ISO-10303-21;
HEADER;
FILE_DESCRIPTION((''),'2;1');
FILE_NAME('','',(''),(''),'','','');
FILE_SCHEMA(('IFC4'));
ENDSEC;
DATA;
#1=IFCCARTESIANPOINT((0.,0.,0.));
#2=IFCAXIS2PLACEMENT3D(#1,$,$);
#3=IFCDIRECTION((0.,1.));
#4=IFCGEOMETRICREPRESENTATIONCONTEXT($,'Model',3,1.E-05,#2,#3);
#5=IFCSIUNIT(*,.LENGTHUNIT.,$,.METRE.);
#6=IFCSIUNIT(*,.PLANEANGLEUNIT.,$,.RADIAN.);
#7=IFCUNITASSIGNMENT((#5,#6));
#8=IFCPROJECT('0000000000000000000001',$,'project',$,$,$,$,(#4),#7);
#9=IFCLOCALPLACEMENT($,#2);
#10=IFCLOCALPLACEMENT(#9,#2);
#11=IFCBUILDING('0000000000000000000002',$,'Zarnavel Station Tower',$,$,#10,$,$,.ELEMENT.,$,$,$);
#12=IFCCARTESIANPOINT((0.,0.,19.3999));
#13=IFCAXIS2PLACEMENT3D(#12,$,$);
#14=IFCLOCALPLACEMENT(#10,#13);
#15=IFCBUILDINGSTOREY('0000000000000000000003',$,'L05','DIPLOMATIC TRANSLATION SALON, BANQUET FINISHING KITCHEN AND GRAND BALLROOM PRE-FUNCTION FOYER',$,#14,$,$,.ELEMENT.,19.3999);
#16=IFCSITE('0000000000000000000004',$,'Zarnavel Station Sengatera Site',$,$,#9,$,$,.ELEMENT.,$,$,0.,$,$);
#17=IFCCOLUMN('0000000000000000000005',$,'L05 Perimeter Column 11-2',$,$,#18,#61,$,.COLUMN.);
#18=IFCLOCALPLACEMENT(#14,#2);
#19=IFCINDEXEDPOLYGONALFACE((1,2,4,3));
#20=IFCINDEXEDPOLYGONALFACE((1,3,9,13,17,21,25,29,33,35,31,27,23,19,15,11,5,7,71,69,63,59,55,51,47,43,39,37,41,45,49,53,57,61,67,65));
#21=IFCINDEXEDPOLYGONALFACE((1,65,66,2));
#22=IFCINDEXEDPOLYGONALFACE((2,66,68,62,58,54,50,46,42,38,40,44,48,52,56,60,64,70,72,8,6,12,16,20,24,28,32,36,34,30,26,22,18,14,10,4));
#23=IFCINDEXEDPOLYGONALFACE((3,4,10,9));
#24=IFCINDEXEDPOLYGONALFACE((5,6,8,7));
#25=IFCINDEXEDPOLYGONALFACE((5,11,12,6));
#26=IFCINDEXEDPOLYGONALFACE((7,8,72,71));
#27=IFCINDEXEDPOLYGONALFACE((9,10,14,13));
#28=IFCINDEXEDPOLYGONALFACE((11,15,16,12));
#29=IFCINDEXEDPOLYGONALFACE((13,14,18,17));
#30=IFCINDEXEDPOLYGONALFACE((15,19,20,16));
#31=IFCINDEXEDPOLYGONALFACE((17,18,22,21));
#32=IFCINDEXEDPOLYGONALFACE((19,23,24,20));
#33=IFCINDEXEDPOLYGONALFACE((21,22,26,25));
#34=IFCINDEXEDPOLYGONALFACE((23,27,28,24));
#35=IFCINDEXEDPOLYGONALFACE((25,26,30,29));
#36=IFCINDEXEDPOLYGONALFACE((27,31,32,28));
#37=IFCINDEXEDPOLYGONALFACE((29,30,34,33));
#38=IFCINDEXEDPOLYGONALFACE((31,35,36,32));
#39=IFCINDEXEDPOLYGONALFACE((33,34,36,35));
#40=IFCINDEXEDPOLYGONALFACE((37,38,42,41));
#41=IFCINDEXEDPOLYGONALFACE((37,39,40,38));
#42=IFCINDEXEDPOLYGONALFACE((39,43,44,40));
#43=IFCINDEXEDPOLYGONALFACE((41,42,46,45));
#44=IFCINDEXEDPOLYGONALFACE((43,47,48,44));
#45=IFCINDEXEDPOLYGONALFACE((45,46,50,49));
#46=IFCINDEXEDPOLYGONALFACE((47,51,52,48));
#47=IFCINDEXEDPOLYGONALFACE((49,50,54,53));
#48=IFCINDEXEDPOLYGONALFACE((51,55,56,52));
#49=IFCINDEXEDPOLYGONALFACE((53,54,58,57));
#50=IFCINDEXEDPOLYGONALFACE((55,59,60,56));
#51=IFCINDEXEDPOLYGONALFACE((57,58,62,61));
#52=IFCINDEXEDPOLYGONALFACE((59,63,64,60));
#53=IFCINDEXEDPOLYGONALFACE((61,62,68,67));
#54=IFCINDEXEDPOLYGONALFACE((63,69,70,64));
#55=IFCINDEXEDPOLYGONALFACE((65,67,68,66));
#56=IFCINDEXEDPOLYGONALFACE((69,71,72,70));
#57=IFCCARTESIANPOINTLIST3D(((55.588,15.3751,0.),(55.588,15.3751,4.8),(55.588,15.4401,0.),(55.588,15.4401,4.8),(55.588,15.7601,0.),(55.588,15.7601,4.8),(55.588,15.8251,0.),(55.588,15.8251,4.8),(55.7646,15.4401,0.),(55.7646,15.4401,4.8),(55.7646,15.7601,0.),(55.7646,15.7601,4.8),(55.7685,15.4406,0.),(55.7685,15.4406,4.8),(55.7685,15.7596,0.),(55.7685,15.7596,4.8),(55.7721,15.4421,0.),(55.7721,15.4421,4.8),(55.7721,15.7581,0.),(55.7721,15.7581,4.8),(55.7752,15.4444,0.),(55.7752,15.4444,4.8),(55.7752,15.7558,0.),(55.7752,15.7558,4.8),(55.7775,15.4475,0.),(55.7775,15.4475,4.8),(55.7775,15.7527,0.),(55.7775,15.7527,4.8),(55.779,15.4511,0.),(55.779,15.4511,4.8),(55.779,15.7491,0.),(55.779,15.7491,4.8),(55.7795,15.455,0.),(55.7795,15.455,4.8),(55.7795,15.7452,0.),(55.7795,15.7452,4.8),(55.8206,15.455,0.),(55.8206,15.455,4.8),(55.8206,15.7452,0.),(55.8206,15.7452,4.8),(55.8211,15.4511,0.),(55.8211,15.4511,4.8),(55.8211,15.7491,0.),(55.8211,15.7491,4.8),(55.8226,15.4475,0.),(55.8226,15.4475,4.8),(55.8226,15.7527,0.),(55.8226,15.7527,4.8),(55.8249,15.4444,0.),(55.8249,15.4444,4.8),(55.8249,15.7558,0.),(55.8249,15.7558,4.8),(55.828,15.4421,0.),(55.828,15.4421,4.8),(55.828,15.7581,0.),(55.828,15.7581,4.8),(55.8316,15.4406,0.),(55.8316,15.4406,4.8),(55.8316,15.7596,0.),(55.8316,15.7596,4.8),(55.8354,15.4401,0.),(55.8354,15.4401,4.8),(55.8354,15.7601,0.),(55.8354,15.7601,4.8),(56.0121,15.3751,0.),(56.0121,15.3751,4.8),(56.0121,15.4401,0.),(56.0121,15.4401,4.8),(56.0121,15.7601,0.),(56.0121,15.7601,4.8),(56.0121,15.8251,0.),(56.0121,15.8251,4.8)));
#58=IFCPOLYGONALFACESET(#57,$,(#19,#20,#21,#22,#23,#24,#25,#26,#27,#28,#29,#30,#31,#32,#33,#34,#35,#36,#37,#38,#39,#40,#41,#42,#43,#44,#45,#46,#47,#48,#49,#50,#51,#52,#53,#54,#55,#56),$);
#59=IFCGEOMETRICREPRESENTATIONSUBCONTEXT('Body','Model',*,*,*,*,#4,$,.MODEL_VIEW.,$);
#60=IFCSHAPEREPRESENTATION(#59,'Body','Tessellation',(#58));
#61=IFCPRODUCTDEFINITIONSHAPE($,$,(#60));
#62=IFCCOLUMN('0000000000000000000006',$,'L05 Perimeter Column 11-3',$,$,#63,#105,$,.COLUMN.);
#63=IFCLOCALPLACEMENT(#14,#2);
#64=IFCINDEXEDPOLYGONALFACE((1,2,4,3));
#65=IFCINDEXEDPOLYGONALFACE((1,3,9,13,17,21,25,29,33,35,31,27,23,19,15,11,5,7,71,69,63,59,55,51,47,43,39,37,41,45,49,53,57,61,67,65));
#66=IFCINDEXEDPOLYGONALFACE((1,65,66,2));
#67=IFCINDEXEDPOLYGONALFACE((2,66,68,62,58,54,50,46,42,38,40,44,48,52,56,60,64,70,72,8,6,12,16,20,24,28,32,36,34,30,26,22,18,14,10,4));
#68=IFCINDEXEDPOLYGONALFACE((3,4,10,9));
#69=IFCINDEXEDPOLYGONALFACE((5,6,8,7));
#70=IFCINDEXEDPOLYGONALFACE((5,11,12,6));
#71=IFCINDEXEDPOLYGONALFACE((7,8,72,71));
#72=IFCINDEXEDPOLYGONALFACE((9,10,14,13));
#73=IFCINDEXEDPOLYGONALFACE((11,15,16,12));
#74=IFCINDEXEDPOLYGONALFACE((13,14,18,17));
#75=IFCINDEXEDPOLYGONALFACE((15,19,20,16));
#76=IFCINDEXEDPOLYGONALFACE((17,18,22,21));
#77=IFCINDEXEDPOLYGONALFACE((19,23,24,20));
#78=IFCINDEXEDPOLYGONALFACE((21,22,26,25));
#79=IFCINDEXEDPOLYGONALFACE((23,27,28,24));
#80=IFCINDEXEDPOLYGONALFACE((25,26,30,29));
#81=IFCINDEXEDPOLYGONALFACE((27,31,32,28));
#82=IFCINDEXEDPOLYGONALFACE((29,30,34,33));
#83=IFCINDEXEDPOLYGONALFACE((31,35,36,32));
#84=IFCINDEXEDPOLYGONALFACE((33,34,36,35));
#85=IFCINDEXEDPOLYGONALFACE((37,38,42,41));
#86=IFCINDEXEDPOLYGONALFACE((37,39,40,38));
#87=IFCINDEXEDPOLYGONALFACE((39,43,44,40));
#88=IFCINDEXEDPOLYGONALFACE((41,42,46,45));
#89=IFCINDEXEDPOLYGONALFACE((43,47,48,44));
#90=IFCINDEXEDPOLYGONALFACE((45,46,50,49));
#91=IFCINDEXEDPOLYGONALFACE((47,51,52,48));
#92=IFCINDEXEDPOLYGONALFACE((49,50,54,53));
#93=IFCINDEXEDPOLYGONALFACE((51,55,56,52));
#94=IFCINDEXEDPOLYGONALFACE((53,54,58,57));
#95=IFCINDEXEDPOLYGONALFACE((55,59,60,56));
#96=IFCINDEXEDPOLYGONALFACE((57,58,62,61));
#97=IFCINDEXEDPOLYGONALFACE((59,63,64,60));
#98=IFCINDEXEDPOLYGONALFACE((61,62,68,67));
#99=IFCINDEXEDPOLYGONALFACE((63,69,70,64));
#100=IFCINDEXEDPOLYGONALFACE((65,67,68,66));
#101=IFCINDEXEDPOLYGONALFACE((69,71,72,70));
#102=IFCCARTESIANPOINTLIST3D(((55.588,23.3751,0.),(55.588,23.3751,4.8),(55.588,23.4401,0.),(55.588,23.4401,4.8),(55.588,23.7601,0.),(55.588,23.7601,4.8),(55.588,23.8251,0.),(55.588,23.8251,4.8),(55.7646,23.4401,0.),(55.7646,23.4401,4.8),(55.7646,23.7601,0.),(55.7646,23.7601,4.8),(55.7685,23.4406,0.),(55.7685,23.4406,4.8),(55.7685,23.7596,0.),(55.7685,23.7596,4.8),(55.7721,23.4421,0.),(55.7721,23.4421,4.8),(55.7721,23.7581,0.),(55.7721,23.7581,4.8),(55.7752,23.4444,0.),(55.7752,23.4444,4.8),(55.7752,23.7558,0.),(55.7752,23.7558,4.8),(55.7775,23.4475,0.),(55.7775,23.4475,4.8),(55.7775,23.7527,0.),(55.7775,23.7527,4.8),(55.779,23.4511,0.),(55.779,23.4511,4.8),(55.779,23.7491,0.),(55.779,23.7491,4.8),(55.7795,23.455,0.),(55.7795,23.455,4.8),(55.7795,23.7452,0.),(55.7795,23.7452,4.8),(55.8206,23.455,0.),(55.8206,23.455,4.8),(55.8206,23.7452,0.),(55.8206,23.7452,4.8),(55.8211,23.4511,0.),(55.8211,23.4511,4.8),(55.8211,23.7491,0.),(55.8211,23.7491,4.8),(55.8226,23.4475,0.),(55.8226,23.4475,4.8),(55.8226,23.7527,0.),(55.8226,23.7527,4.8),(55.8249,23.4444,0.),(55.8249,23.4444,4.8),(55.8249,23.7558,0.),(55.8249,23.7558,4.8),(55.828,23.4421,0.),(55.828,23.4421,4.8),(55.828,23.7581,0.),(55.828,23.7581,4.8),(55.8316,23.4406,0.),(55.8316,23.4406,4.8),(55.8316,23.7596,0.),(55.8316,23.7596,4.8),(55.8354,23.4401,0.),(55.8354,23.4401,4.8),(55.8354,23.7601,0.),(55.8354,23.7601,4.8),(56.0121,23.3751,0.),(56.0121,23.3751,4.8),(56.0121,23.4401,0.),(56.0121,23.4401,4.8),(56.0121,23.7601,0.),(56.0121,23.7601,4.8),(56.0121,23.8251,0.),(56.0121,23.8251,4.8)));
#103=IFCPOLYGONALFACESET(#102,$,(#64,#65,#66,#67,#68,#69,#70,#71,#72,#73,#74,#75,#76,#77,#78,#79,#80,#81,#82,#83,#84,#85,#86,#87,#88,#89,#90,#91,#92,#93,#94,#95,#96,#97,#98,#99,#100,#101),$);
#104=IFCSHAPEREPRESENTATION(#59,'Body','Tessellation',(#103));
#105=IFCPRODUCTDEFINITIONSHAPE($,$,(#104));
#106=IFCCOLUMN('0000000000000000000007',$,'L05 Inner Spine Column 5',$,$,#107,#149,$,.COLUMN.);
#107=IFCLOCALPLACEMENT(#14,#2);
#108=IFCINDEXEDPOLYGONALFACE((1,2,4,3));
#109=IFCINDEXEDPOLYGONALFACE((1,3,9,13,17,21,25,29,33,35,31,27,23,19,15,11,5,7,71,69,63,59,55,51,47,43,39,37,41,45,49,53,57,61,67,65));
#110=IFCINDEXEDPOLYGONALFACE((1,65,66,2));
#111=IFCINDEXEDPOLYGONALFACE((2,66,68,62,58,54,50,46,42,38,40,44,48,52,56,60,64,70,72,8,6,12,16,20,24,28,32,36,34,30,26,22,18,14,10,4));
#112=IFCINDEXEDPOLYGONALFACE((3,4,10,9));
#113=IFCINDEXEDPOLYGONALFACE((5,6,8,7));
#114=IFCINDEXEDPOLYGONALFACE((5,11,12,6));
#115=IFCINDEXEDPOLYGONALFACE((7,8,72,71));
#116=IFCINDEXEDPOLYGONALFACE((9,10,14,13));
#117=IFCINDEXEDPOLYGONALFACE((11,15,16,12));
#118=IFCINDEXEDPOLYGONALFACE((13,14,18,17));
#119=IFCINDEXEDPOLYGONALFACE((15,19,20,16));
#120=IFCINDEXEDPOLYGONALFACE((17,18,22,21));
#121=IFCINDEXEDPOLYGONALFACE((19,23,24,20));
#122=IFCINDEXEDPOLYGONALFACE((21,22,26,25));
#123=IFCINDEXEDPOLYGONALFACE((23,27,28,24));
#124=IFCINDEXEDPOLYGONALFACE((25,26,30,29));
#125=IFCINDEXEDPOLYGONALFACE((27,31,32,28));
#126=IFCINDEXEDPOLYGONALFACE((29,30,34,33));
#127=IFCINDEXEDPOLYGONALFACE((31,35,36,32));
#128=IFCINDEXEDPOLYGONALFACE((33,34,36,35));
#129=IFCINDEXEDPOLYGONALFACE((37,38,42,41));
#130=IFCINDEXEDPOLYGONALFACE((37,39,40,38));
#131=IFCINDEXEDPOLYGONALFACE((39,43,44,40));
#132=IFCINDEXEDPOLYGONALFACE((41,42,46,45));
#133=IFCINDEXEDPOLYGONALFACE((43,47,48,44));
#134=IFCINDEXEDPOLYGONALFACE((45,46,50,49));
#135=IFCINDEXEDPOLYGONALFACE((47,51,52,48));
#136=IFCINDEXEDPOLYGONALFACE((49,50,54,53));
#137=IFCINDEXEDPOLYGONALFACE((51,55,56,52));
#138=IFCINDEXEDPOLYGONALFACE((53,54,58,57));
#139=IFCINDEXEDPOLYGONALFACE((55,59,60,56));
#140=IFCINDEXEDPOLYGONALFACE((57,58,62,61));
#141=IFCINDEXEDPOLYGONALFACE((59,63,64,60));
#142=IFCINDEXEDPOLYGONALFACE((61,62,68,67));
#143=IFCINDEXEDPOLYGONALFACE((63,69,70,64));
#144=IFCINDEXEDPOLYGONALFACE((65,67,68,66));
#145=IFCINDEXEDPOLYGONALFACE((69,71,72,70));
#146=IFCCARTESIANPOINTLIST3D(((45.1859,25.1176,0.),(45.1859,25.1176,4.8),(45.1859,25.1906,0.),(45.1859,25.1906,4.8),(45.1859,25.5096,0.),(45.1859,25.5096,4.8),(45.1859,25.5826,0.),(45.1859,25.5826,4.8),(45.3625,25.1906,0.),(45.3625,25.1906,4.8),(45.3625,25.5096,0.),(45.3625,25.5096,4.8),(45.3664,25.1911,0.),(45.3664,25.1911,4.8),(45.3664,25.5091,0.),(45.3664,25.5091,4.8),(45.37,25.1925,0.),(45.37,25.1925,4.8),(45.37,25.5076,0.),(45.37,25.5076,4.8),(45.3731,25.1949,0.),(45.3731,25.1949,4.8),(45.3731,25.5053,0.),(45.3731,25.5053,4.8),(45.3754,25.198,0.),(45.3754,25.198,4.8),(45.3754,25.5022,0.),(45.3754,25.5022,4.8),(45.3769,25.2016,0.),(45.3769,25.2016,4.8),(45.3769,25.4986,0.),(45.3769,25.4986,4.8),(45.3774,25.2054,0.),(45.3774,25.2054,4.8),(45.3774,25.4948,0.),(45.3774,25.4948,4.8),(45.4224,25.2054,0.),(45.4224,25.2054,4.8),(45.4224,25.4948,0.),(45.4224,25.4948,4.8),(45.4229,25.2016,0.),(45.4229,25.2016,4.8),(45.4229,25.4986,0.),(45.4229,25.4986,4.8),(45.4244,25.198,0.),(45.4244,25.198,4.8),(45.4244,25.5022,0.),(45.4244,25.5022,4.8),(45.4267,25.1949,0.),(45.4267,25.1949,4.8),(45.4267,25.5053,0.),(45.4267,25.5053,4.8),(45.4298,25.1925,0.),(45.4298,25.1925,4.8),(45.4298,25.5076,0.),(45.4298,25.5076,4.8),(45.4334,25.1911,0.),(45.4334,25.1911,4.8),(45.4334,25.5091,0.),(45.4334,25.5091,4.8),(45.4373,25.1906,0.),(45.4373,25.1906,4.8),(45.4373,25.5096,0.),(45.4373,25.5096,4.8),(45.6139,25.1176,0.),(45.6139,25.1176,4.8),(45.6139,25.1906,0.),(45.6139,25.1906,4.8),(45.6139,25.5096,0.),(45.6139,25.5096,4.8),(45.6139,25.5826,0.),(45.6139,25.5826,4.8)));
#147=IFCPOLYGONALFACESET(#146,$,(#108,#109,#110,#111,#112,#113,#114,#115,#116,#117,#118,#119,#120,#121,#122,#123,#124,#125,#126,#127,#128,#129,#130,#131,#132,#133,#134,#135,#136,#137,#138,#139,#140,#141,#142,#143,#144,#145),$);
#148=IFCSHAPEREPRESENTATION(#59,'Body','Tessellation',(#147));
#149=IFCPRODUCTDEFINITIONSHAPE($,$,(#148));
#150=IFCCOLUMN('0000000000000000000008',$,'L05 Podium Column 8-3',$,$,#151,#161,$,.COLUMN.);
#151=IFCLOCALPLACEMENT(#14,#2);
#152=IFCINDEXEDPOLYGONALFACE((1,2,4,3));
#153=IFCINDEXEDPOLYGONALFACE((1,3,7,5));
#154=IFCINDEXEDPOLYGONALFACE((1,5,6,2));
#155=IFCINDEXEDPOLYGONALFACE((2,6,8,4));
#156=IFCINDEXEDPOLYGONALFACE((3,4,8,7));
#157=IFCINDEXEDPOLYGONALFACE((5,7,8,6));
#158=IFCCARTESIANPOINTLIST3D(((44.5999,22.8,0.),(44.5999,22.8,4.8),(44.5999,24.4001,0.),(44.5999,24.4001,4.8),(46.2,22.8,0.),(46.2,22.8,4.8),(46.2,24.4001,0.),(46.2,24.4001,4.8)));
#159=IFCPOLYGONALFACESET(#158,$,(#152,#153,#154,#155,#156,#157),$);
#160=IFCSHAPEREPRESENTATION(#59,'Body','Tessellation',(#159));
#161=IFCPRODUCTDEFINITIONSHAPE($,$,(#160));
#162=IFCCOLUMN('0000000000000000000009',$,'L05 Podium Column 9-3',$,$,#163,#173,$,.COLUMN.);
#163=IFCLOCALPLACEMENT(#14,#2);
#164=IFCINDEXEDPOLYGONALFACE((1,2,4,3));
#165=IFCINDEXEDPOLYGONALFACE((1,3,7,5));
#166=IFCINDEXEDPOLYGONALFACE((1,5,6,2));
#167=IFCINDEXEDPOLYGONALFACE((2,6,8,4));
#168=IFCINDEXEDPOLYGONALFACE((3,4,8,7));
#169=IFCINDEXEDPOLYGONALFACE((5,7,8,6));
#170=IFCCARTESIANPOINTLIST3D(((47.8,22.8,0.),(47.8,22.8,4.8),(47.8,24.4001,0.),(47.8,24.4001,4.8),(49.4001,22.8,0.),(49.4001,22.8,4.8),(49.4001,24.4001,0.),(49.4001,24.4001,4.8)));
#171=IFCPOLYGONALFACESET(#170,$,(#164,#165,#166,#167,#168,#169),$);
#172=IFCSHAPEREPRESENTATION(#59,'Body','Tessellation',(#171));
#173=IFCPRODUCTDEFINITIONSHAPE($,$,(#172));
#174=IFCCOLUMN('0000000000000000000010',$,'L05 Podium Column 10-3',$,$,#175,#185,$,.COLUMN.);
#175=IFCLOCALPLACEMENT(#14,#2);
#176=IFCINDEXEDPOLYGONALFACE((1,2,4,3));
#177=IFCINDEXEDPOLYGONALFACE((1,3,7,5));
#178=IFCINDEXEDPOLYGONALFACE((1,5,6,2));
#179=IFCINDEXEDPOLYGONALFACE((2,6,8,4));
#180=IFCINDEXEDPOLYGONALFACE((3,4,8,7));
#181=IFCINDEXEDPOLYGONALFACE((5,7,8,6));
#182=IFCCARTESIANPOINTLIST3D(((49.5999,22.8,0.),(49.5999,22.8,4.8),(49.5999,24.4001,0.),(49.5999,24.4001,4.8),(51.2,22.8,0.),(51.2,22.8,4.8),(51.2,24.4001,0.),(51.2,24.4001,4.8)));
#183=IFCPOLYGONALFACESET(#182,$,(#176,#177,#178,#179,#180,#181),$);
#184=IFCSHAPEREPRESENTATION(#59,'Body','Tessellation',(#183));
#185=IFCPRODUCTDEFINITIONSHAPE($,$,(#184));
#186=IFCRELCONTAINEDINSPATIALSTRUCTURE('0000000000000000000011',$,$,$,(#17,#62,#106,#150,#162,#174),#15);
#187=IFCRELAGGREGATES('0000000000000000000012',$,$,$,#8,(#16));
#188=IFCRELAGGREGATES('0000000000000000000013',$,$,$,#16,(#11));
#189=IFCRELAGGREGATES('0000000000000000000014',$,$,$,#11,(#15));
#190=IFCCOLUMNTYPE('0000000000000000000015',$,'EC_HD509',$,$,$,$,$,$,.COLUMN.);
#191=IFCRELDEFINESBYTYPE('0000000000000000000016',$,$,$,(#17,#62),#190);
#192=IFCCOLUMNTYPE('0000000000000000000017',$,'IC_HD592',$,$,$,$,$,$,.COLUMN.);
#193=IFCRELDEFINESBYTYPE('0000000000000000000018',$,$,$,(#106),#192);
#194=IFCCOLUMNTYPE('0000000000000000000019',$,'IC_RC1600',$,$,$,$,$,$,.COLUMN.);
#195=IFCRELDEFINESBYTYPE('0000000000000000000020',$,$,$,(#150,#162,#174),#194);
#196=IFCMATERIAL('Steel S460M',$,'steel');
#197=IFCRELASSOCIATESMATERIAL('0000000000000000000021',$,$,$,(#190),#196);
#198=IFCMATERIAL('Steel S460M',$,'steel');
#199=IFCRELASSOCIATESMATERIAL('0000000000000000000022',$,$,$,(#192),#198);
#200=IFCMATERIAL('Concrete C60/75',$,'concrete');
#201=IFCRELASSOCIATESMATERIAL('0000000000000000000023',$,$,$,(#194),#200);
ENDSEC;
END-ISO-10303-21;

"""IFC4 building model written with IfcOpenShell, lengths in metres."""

from ifc_helpers import new_model, si_unit, direction, frame, origin, origin_2d, place, context, subcontext, project, spatial, rectangle, i_section, extrude, material, material_profile, profile_set, type_object, element, save


model = new_model("IFC4")

# Units and contexts
model_context = context("Model", 3, precision=1e-05, world=origin(), true_north=direction((0.0, 1.0)))
body_context = subcontext(model_context, "Body", "Model", "MODEL_VIEW")
ifc_project = project(units=[si_unit("LENGTHUNIT", "METRE"), si_unit("PLANEANGLEUNIT", "RADIAN")], contexts=[model_context])

# Site, building, storey
site_placement = place(None, origin())
site = spatial("IfcSite", under=ifc_project, at=site_placement, Name="Zarnavel Station Sengatera Site", CompositionType="ELEMENT", RefElevation=0.0)
building_placement = place(site_placement, origin())
building = spatial("IfcBuilding", under=site, at=building_placement, Name="Zarnavel Station Tower", CompositionType="ELEMENT")
storey_placement = place(building_placement, frame((0.0, 0.0, 19.3999)))
storey = spatial("IfcBuildingStorey", under=building, at=storey_placement, Name="L05", Description="DIPLOMATIC TRANSLATION SALON, BANQUET FINISHING KITCHEN AND GRAND BALLROOM PRE-FUNCTION FOYER", CompositionType="ELEMENT", Elevation=19.3999)

# Columns
ifc_material_1 = material(Name="Steel S460M", Category="steel")
ifc_material_profile_1 = material_profile(ifc_material_1, i_section(OverallWidth=0.4241, OverallDepth=0.45, WebThickness=0.041, FlangeThickness=0.0649, FilletRadius=0.0149, at=origin_2d()), Name="HD400x509")
ifc_profile_set_1 = profile_set([ifc_material_profile_1], Name="Steel S460M")
column_type_1 = type_object("IfcColumnType", Name="EC_HD509", PredefinedType="COLUMN", material=ifc_profile_set_1)
for number, where, z_axis, x_axis, name in (
    (1, (55.8, 15.6001, 0.0), (0.0, 0.0, 1.0), (1.0, 0.0, 0.0), "L05 Perimeter Column 11-2"),
    (2, (55.8, 23.6001, 0.0), (0.0, 0.0, 1.0), (1.0, 0.0, 0.0), "L05 Perimeter Column 11-3"),
):
    element("IfcColumn", number, at=place(storey_placement, frame(where, z_axis=z_axis, x_axis=x_axis)), inside=storey, type_object=column_type_1, Name=name, PredefinedType="COLUMN", context=body_context, shape_type="SweptSolid", body=[
        extrude(i_section(OverallWidth=0.4241, OverallDepth=0.45, WebThickness=0.041, FlangeThickness=0.0649, FilletRadius=0.0149, at=origin_2d()), origin(), (0.0, 0.0, 1.0), 4.8),
    ])
ifc_material_2 = material(Name="Steel S460M", Category="steel")
ifc_material_profile_2 = material_profile(ifc_material_2, i_section(OverallWidth=0.428, OverallDepth=0.4651, WebThickness=0.0449, FlangeThickness=0.073, FilletRadius=0.0149, at=origin_2d()), Name="HD400x592")
ifc_profile_set_2 = profile_set([ifc_material_profile_2], Name="Steel S460M")
column_type_2 = type_object("IfcColumnType", Name="IC_HD592", PredefinedType="COLUMN", material=ifc_profile_set_2)
column_placement = place(storey_placement, frame((45.3999, 25.3501, 0.0), z_axis=(0.0, 0.0, 1.0), x_axis=(1.0, 0.0, 0.0)))
element("IfcColumn", 3, at=column_placement, inside=storey, type_object=column_type_2, Name="L05 Inner Spine Column 5", PredefinedType="COLUMN", context=body_context, shape_type="SweptSolid", body=[
    extrude(i_section(OverallWidth=0.428, OverallDepth=0.4651, WebThickness=0.0449, FlangeThickness=0.073, FilletRadius=0.0149, at=origin_2d()), origin(), (0.0, 0.0, 1.0), 4.8),
])
ifc_material_3 = material(Name="Concrete C60/75", Category="concrete")
ifc_material_profile_3 = material_profile(ifc_material_3, rectangle(XDim=1.6001, YDim=1.6001, at=origin_2d()), Name="RC1600x1600")
ifc_profile_set_3 = profile_set([ifc_material_profile_3], Name="Concrete C60/75")
column_type_3 = type_object("IfcColumnType", Name="IC_RC1600", PredefinedType="COLUMN", material=ifc_profile_set_3)
for number, where, z_axis, x_axis, name in (
    (4, (45.3999, 23.6001, 0.0), (0.0, 0.0, 1.0), (1.0, 0.0, 0.0), "L05 Podium Column 8-3"),
    (5, (48.6001, 23.6001, 0.0), (0.0, 0.0, 1.0), (1.0, 0.0, 0.0), "L05 Podium Column 9-3"),
    (6, (50.3999, 23.6001, 0.0), (0.0, 0.0, 1.0), (1.0, 0.0, 0.0), "L05 Podium Column 10-3"),
):
    element("IfcColumn", number, at=place(storey_placement, frame(where, z_axis=z_axis, x_axis=x_axis)), inside=storey, type_object=column_type_3, Name=name, PredefinedType="COLUMN", context=body_context, shape_type="SweptSolid", body=[
        extrude(rectangle(XDim=1.6001, YDim=1.6001, at=origin_2d()), origin(), (0.0, 0.0, 1.0), 4.8),
    ])

save(model, "model.ifc")
